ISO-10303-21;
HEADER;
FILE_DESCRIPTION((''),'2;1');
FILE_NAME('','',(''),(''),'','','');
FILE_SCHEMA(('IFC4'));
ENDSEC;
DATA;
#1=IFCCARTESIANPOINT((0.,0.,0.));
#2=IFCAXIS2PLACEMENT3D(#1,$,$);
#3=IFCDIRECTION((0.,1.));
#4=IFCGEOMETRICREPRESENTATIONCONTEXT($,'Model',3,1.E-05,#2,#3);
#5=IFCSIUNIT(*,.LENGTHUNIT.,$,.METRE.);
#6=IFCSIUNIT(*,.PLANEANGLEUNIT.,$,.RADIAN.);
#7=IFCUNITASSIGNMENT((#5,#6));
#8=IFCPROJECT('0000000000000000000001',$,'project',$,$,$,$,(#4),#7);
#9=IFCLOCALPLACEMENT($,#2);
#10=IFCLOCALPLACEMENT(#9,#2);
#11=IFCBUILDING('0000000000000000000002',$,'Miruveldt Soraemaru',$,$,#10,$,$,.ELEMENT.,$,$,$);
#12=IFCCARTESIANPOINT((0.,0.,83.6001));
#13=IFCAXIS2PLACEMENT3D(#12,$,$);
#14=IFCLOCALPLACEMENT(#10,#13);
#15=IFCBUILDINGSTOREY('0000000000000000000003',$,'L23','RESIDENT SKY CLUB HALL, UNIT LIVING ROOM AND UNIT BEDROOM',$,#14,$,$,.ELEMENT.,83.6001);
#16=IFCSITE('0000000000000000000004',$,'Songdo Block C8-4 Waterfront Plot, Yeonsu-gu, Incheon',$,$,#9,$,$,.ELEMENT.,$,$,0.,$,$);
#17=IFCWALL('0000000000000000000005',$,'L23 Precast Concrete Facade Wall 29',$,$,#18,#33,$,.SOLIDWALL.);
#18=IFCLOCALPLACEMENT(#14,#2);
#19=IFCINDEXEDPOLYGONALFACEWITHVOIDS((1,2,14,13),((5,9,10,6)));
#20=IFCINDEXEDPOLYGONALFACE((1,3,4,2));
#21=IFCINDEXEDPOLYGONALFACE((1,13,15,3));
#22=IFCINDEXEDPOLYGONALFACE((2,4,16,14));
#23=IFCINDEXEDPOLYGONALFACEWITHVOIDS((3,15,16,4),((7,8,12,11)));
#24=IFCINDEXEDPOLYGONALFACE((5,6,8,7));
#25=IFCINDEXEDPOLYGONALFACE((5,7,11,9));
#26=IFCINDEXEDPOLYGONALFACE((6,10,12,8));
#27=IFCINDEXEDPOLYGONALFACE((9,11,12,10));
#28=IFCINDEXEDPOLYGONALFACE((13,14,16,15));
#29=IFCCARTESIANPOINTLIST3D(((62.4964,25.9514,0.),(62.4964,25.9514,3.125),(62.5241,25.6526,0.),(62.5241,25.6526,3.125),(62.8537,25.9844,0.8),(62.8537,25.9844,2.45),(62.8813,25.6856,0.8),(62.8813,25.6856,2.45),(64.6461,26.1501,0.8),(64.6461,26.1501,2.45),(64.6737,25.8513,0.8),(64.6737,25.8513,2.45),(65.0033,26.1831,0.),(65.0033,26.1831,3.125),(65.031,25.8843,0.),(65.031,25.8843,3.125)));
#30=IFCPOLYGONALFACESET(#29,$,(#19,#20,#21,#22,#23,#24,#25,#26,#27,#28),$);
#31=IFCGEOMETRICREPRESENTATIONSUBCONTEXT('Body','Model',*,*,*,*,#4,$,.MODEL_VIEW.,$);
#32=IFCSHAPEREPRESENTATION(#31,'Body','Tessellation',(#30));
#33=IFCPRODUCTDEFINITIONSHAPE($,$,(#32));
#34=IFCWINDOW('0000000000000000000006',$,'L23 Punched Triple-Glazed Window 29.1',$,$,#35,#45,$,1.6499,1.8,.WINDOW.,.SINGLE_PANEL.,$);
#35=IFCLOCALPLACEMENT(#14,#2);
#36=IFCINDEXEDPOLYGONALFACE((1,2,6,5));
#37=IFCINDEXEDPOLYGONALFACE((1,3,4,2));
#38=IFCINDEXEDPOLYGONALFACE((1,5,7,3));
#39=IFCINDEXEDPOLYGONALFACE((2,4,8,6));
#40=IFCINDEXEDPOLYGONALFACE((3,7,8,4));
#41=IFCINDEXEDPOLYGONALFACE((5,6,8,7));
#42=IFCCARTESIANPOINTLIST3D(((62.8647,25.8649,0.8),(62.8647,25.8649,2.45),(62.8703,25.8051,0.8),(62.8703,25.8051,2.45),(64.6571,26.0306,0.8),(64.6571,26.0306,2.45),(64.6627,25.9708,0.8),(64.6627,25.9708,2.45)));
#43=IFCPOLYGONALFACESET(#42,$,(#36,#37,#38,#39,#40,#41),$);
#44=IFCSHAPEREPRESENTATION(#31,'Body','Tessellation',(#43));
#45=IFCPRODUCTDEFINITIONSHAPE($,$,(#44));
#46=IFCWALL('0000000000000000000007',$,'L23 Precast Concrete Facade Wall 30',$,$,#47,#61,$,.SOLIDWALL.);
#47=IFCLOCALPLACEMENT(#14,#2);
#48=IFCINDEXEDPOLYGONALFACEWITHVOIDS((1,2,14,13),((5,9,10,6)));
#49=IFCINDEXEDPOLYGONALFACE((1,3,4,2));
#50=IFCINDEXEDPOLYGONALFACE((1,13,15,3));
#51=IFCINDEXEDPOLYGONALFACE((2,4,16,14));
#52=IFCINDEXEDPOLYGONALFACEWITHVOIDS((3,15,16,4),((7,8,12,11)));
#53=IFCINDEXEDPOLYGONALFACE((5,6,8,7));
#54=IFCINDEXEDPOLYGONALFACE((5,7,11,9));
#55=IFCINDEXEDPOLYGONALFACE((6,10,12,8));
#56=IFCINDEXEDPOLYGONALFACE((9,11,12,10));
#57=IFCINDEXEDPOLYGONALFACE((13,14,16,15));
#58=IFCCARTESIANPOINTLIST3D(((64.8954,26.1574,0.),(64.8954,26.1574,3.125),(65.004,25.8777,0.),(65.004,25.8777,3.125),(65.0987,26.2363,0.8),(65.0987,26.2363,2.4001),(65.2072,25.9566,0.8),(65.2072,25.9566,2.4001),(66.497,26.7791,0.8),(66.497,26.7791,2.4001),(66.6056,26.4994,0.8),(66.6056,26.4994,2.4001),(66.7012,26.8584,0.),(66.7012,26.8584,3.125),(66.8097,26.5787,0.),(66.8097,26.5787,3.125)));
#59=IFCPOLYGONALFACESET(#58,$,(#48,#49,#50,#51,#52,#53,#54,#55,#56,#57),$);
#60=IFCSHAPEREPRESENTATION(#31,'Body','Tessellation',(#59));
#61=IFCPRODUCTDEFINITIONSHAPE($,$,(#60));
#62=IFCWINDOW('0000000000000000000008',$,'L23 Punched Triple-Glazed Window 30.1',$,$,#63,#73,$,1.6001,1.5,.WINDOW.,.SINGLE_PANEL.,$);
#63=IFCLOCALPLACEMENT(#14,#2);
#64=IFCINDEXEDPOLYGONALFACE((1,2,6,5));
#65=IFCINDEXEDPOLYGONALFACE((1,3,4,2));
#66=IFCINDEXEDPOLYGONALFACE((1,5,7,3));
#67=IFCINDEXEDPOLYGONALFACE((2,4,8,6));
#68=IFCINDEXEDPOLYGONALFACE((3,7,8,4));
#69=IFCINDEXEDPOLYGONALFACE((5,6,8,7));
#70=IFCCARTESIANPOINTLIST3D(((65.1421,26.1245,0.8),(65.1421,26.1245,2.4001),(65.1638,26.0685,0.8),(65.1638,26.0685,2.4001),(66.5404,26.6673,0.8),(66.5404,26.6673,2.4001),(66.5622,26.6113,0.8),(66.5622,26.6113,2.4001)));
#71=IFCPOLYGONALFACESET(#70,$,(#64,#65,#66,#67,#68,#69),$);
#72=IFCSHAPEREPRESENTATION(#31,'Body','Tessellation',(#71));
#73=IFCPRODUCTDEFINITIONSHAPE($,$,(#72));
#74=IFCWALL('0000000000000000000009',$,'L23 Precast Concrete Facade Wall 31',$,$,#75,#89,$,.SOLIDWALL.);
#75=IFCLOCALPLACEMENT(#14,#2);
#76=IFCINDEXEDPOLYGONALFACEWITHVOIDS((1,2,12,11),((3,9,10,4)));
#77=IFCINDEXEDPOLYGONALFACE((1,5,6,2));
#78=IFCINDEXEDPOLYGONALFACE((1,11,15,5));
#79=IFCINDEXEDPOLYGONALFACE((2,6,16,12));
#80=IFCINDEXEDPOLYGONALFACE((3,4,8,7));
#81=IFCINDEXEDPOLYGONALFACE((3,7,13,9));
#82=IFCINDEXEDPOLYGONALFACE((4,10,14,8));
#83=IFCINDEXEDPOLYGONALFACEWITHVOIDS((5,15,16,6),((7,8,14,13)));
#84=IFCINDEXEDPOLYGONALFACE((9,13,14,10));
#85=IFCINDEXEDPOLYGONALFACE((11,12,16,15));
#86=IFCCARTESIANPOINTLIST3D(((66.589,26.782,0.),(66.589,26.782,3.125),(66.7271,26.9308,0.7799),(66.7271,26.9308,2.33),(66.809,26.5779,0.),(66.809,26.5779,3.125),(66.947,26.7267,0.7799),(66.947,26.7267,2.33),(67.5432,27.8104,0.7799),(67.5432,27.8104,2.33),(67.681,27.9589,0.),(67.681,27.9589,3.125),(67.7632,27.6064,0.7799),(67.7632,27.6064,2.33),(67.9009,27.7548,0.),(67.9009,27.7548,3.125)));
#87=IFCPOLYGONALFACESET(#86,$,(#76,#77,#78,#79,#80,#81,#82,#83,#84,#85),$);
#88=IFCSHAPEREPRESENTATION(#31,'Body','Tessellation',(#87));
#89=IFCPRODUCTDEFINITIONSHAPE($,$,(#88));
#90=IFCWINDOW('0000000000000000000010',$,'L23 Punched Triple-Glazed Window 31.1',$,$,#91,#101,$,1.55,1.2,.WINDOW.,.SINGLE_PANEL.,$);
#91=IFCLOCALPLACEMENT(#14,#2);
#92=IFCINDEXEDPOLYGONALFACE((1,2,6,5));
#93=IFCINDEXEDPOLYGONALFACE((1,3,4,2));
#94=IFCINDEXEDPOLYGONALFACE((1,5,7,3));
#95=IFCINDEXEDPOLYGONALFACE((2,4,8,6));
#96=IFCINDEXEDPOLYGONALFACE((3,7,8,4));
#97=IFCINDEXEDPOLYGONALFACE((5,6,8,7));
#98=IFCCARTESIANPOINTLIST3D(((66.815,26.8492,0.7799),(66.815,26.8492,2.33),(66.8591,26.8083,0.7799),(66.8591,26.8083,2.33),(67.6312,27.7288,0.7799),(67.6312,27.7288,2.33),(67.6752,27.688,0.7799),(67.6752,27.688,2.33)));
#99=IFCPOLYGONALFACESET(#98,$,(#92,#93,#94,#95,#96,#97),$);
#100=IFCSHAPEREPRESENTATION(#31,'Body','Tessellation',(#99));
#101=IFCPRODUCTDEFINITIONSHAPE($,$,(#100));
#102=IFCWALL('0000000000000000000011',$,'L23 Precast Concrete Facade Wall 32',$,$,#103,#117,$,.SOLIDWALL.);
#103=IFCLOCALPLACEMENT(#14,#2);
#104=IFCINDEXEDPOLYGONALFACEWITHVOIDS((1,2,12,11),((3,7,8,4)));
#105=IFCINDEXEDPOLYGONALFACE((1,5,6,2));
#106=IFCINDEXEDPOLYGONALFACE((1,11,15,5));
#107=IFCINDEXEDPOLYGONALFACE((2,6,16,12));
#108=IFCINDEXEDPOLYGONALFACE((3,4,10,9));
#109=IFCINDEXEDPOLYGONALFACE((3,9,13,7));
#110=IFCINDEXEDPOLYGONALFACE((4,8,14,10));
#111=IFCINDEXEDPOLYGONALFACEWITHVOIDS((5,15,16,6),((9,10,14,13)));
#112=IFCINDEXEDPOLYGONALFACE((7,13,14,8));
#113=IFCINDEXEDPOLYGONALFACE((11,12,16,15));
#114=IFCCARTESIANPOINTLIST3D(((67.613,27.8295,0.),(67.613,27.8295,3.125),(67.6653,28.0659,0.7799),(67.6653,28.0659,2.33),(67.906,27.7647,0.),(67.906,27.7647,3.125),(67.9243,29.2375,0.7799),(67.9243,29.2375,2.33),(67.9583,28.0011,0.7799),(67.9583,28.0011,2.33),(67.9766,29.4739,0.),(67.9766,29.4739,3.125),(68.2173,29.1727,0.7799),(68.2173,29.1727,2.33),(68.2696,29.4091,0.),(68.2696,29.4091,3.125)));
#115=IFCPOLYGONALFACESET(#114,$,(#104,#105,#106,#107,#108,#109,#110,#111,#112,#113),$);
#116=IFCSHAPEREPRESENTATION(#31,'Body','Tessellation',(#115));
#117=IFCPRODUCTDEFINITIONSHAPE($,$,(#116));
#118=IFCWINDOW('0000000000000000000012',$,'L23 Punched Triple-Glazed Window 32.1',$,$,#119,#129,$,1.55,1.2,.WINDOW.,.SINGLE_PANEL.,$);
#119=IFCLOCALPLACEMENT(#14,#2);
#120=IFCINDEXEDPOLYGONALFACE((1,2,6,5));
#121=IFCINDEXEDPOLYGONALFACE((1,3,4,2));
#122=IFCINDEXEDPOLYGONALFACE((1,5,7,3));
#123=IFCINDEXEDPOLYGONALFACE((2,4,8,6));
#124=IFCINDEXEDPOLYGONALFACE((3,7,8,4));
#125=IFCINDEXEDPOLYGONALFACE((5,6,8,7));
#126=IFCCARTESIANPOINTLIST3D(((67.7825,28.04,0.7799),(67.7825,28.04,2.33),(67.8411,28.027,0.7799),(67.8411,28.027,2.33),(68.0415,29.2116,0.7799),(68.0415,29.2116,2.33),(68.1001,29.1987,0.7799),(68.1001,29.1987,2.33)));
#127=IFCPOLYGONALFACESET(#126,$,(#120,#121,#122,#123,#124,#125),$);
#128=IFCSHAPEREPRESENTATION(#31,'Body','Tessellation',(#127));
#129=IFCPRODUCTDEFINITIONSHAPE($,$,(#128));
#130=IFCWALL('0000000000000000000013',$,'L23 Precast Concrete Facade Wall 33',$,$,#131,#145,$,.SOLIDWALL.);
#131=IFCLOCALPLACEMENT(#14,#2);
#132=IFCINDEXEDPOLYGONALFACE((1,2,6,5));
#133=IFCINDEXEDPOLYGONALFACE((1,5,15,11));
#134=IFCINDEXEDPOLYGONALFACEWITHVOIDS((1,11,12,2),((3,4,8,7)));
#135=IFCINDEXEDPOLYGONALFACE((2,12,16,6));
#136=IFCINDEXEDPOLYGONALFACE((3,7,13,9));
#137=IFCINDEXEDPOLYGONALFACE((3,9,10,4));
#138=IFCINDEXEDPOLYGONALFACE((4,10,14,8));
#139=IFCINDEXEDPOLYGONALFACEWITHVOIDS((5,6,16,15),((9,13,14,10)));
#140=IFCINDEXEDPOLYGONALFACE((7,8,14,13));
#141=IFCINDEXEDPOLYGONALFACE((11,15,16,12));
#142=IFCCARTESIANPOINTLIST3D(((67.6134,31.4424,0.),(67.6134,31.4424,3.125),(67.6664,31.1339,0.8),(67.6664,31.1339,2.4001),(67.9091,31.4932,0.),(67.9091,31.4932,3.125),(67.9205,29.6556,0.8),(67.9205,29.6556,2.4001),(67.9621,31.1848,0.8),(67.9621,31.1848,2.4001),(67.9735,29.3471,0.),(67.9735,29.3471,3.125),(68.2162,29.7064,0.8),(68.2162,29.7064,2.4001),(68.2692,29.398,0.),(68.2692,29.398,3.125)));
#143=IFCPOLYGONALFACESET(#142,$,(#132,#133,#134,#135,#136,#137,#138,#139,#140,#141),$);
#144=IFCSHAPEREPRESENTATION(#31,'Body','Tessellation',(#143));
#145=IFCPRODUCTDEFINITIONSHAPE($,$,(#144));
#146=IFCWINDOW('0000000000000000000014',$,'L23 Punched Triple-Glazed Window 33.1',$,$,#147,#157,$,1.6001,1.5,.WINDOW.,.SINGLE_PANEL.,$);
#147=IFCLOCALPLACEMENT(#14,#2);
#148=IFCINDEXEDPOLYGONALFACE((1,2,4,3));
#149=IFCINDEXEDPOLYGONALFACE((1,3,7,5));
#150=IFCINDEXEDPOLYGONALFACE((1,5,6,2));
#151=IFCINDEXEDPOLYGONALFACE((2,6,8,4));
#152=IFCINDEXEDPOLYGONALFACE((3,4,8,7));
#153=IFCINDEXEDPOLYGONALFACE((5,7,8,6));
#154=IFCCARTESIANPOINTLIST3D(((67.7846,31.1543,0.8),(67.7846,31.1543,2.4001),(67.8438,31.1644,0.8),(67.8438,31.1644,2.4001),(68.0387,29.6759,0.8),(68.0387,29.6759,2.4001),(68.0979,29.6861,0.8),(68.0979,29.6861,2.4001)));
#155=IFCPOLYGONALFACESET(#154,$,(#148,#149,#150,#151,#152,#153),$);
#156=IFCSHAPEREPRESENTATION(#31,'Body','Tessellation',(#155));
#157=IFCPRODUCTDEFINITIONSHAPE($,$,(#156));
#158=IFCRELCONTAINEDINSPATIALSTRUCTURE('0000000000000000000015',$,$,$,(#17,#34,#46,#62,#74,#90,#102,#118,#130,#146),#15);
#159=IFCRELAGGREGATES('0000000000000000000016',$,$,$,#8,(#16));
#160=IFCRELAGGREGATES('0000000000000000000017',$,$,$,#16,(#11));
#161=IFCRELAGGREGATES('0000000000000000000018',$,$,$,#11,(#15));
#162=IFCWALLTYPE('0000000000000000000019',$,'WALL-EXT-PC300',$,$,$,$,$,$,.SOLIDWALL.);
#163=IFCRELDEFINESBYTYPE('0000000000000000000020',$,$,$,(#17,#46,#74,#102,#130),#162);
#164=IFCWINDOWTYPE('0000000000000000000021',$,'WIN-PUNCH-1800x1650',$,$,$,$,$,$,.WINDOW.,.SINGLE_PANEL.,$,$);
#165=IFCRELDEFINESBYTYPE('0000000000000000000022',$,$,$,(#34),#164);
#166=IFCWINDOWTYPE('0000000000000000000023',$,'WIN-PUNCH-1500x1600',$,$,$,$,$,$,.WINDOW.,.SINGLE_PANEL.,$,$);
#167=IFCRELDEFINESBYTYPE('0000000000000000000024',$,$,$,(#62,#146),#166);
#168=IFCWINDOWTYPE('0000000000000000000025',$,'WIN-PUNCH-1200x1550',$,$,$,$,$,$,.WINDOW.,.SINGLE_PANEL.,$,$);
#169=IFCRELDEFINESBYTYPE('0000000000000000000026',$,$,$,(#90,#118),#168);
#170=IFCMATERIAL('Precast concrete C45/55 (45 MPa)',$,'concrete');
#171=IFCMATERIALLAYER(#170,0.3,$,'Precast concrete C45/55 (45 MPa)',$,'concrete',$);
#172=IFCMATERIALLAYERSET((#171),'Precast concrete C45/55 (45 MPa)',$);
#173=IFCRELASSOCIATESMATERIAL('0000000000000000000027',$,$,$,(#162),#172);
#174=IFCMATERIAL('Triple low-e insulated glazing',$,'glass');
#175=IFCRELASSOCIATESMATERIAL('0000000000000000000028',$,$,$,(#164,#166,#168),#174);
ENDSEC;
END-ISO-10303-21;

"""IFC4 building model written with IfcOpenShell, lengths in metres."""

from ifc_helpers import new_model, si_unit, direction, frame, frame_2d, origin, place, context, subcontext, project, spatial, rectangle, extrude, material, layer, layer_set, type_object, element, fill, save


model = new_model("IFC4")

# Units and contexts
model_context = context("Model", 3, precision=1e-05, world=origin(), true_north=direction((0.0, 1.0)))
body_context = subcontext(model_context, "Body", "Model", "MODEL_VIEW")
ifc_project = project(units=[si_unit("LENGTHUNIT", "METRE"), si_unit("PLANEANGLEUNIT", "RADIAN")], contexts=[model_context])

# Site, building, storey
site_placement = place(None, origin())
site = spatial("IfcSite", under=ifc_project, at=site_placement, Name="Songdo Block C8-4 Waterfront Plot, Yeonsu-gu, Incheon", CompositionType="ELEMENT", RefElevation=0.0)
building_placement = place(site_placement, origin())
building = spatial("IfcBuilding", under=site, at=building_placement, Name="Miruveldt Soraemaru", CompositionType="ELEMENT")
storey_placement = place(building_placement, frame((0.0, 0.0, 83.6001)))
storey = spatial("IfcBuildingStorey", under=building, at=storey_placement, Name="L23", Description="RESIDENT SKY CLUB HALL, UNIT LIVING ROOM AND UNIT BEDROOM", CompositionType="ELEMENT", Elevation=83.6001)

# Walls, openings, windows
ifc_material_1 = material(Name="Precast concrete C45/55 (45 MPa)", Category="concrete")
ifc_layer_1 = layer(ifc_material_1, 0.3, Name="Precast concrete C45/55 (45 MPa)", Category="concrete")
ifc_layer_set_1 = layer_set([ifc_layer_1], Name="Precast concrete C45/55 (45 MPa)")
wall_type_1 = type_object("IfcWallType", Name="WALL-EXT-PC300", PredefinedType="SOLIDWALL", material=ifc_layer_set_1)
wall_1_placement = place(storey_placement, frame((62.5103, 25.802, 0.0), z_axis=(0.0, 0.0, 1.0), x_axis=(0.995756, 0.092031, 0.0)))
wall_1 = element("IfcWall", 1, at=wall_1_placement, inside=storey, type_object=wall_type_1, Name="L23 Precast Concrete Facade Wall 29", PredefinedType="SOLIDWALL", context=body_context, shape_type="SweptSolid", body=[
    extrude(rectangle(XDim=2.5176, YDim=0.3, at=frame_2d((1.2588, 0.0))), origin(), (0.0, 0.0, 1.0), 3.125),
])
opening_1_placement = place(wall_1_placement, frame((0.3589, 0.0, 0.8)))
opening_1 = element("IfcOpeningElement", 2, at=opening_1_placement, cuts=wall_1, PredefinedType="OPENING", context=body_context, shape_type="SweptSolid", body=[
    extrude(rectangle(XDim=1.8, YDim=1.6499, at=frame_2d((0.8999, 0.825))), frame((0.0, 0.1602, 0.0), z_axis=(0.0, -1.0, 0.0), x_axis=(1.0, 0.0, 0.0)), (0.0, 0.0, 1.0), 0.3201),
])
ifc_material_2 = material(Name="Triple low-e insulated glazing", Category="glass")
window_type_1 = type_object("IfcWindowType", Name="WIN-PUNCH-1800x1650", PartitioningType="SINGLE_PANEL", PredefinedType="WINDOW", material=ifc_material_2)
window_1_placement = place(opening_1_placement, origin())
window_1 = element("IfcWindow", 3, at=window_1_placement, inside=storey, type_object=window_type_1, Name="L23 Punched Triple-Glazed Window 29.1", OverallHeight=1.6499, OverallWidth=1.8, PartitioningType="SINGLE_PANEL", PredefinedType="WINDOW", context=body_context, shape_type="SweptSolid", body=[
    extrude(rectangle(XDim=1.8, YDim=1.6499, at=frame_2d((0.8999, 0.825))), frame((0.0, 0.03, 0.0), z_axis=(0.0, -1.0, 0.0), x_axis=(1.0, 0.0, 0.0)), (0.0, 0.0, 1.0), 0.0601),
])
fill(opening_1, window_1)
wall_2_placement = place(storey_placement, frame((64.9497, 26.0176, 0.0), z_axis=(0.0, 0.0, 1.0), x_axis=(0.932227, 0.361874, 0.0)))
wall_2 = element("IfcWall", 4, at=wall_2_placement, inside=storey, type_object=wall_type_1, Name="L23 Precast Concrete Facade Wall 30", PredefinedType="SOLIDWALL", context=body_context, shape_type="SweptSolid", body=[
    extrude(rectangle(XDim=1.937, YDim=0.3, at=frame_2d((0.9685, 0.0))), origin(), (0.0, 0.0, 1.0), 3.125),
])
opening_2_placement = place(wall_2_placement, frame((0.218, 0.0, 0.8)))
opening_2 = element("IfcOpeningElement", 5, at=opening_2_placement, cuts=wall_2, PredefinedType="OPENING", context=body_context, shape_type="SweptSolid", body=[
    extrude(rectangle(XDim=1.5, YDim=1.6001, at=frame_2d((0.75, 0.8))), frame((0.0, 0.1602, 0.0), z_axis=(0.0, -1.0, 0.0), x_axis=(1.0, 0.0, 0.0)), (0.0, 0.0, 1.0), 0.3201),
])
window_type_2 = type_object("IfcWindowType", Name="WIN-PUNCH-1500x1600", PartitioningType="SINGLE_PANEL", PredefinedType="WINDOW", material=ifc_material_2)
window_2_placement = place(opening_2_placement, origin())
window_2 = element("IfcWindow", 6, at=window_2_placement, inside=storey, type_object=window_type_2, Name="L23 Punched Triple-Glazed Window 30.1", OverallHeight=1.6001, OverallWidth=1.5, PartitioningType="SINGLE_PANEL", PredefinedType="WINDOW", context=body_context, shape_type="SweptSolid", body=[
    extrude(rectangle(XDim=1.5, YDim=1.6001, at=frame_2d((0.75, 0.8))), frame((0.0, 0.03, 0.0), z_axis=(0.0, -1.0, 0.0), x_axis=(1.0, 0.0, 0.0)), (0.0, 0.0, 1.0), 0.0601),
])
fill(opening_2, window_2)
wall_3_placement = place(storey_placement, frame((66.699, 26.6799, 0.0), z_axis=(0.0, 0.0, 1.0), x_axis=(0.680154, 0.73307, 0.0)))
wall_3 = element("IfcWall", 7, at=wall_3_placement, inside=storey, type_object=wall_type_1, Name="L23 Precast Concrete Facade Wall 31", PredefinedType="SOLIDWALL", context=body_context, shape_type="SweptSolid", body=[
    extrude(rectangle(XDim=1.6055, YDim=0.3, at=frame_2d((0.8027, 0.0))), origin(), (0.0, 0.0, 1.0), 3.125),
])
opening_3_placement = place(wall_3_placement, frame((0.2029, 0.0, 0.78)))
opening_3 = element("IfcOpeningElement", 8, at=opening_3_placement, cuts=wall_3, PredefinedType="OPENING", context=body_context, shape_type="SweptSolid", body=[
    extrude(rectangle(XDim=1.2, YDim=1.55, at=frame_2d((0.6001, 0.7749))), frame((0.0, 0.1602, 0.0), z_axis=(0.0, -1.0, 0.0), x_axis=(1.0, 0.0, 0.0)), (0.0, 0.0, 1.0), 0.3201),
])
window_type_3 = type_object("IfcWindowType", Name="WIN-PUNCH-1200x1550", PartitioningType="SINGLE_PANEL", PredefinedType="WINDOW", material=ifc_material_2)
window_3_placement = place(opening_3_placement, origin())
window_3 = element("IfcWindow", 9, at=window_3_placement, inside=storey, type_object=window_type_3, Name="L23 Punched Triple-Glazed Window 31.1", OverallHeight=1.55, OverallWidth=1.2, PartitioningType="SINGLE_PANEL", PredefinedType="WINDOW", context=body_context, shape_type="SweptSolid", body=[
    extrude(rectangle(XDim=1.2, YDim=1.55, at=frame_2d((0.6001, 0.7749))), frame((0.0, 0.03, 0.0), z_axis=(0.0, -1.0, 0.0), x_axis=(1.0, 0.0, 0.0)), (0.0, 0.0, 1.0), 0.0601),
])
fill(opening_3, window_3)
wall_4_placement = place(storey_placement, frame((67.7595, 27.7971, 0.0), z_axis=(0.0, 0.0, 1.0), x_axis=(0.215871, 0.976422, 0.0)))
wall_4 = element("IfcWall", 10, at=wall_4_placement, inside=storey, type_object=wall_type_1, Name="L23 Precast Concrete Facade Wall 32", PredefinedType="SOLIDWALL", context=body_context, shape_type="SweptSolid", body=[
    extrude(rectangle(XDim=1.6841, YDim=0.3, at=frame_2d((0.842, 0.0))), origin(), (0.0, 0.0, 1.0), 3.125),
])
opening_4_placement = place(wall_4_placement, frame((0.2419, 0.0, 0.78)))
opening_4 = element("IfcOpeningElement", 11, at=opening_4_placement, cuts=wall_4, PredefinedType="OPENING", context=body_context, shape_type="SweptSolid", body=[
    extrude(rectangle(XDim=1.2, YDim=1.55, at=frame_2d((0.6001, 0.7749))), frame((0.0, 0.1602, 0.0), z_axis=(0.0, -1.0, 0.0), x_axis=(1.0, 0.0, 0.0)), (0.0, 0.0, 1.0), 0.3201),
])
window_4_placement = place(opening_4_placement, origin())
window_4 = element("IfcWindow", 12, at=window_4_placement, inside=storey, type_object=window_type_3, Name="L23 Punched Triple-Glazed Window 32.1", OverallHeight=1.55, OverallWidth=1.2, PartitioningType="SINGLE_PANEL", PredefinedType="WINDOW", context=body_context, shape_type="SweptSolid", body=[
    extrude(rectangle(XDim=1.2, YDim=1.55, at=frame_2d((0.6001, 0.7749))), frame((0.0, 0.03, 0.0), z_axis=(0.0, -1.0, 0.0), x_axis=(1.0, 0.0, 0.0)), (0.0, 0.0, 1.0), 0.0601),
])
fill(opening_4, window_4)
wall_5_placement = place(storey_placement, frame((68.1213, 29.3726, 0.0), z_axis=(0.0, 0.0, 1.0), x_axis=(-0.169388, 0.985549, 0.0)))
wall_5 = element("IfcWall", 13, at=wall_5_placement, inside=storey, type_object=wall_type_1, Name="L23 Precast Concrete Facade Wall 33", PredefinedType="SOLIDWALL", context=body_context, shape_type="SweptSolid", body=[
    extrude(rectangle(XDim=2.126, YDim=0.3, at=frame_2d((1.063, 0.0))), origin(), (0.0, 0.0, 1.0), 3.125),
])
opening_5_placement = place(wall_5_placement, frame((0.313, 0.0, 0.8)))
opening_5 = element("IfcOpeningElement", 14, at=opening_5_placement, cuts=wall_5, PredefinedType="OPENING", context=body_context, shape_type="SweptSolid", body=[
    extrude(rectangle(XDim=1.5, YDim=1.6001, at=frame_2d((0.75, 0.8))), frame((0.0, 0.1602, 0.0), z_axis=(0.0, -1.0, 0.0), x_axis=(1.0, 0.0, 0.0)), (0.0, 0.0, 1.0), 0.3201),
])
window_5_placement = place(opening_5_placement, origin())
window_5 = element("IfcWindow", 15, at=window_5_placement, inside=storey, type_object=window_type_2, Name="L23 Punched Triple-Glazed Window 33.1", OverallHeight=1.6001, OverallWidth=1.5, PartitioningType="SINGLE_PANEL", PredefinedType="WINDOW", context=body_context, shape_type="SweptSolid", body=[
    extrude(rectangle(XDim=1.5, YDim=1.6001, at=frame_2d((0.75, 0.8))), frame((0.0, 0.03, 0.0), z_axis=(0.0, -1.0, 0.0), x_axis=(1.0, 0.0, 0.0)), (0.0, 0.0, 1.0), 0.0601),
])
fill(opening_5, window_5)

save(model, "model.ifc")
